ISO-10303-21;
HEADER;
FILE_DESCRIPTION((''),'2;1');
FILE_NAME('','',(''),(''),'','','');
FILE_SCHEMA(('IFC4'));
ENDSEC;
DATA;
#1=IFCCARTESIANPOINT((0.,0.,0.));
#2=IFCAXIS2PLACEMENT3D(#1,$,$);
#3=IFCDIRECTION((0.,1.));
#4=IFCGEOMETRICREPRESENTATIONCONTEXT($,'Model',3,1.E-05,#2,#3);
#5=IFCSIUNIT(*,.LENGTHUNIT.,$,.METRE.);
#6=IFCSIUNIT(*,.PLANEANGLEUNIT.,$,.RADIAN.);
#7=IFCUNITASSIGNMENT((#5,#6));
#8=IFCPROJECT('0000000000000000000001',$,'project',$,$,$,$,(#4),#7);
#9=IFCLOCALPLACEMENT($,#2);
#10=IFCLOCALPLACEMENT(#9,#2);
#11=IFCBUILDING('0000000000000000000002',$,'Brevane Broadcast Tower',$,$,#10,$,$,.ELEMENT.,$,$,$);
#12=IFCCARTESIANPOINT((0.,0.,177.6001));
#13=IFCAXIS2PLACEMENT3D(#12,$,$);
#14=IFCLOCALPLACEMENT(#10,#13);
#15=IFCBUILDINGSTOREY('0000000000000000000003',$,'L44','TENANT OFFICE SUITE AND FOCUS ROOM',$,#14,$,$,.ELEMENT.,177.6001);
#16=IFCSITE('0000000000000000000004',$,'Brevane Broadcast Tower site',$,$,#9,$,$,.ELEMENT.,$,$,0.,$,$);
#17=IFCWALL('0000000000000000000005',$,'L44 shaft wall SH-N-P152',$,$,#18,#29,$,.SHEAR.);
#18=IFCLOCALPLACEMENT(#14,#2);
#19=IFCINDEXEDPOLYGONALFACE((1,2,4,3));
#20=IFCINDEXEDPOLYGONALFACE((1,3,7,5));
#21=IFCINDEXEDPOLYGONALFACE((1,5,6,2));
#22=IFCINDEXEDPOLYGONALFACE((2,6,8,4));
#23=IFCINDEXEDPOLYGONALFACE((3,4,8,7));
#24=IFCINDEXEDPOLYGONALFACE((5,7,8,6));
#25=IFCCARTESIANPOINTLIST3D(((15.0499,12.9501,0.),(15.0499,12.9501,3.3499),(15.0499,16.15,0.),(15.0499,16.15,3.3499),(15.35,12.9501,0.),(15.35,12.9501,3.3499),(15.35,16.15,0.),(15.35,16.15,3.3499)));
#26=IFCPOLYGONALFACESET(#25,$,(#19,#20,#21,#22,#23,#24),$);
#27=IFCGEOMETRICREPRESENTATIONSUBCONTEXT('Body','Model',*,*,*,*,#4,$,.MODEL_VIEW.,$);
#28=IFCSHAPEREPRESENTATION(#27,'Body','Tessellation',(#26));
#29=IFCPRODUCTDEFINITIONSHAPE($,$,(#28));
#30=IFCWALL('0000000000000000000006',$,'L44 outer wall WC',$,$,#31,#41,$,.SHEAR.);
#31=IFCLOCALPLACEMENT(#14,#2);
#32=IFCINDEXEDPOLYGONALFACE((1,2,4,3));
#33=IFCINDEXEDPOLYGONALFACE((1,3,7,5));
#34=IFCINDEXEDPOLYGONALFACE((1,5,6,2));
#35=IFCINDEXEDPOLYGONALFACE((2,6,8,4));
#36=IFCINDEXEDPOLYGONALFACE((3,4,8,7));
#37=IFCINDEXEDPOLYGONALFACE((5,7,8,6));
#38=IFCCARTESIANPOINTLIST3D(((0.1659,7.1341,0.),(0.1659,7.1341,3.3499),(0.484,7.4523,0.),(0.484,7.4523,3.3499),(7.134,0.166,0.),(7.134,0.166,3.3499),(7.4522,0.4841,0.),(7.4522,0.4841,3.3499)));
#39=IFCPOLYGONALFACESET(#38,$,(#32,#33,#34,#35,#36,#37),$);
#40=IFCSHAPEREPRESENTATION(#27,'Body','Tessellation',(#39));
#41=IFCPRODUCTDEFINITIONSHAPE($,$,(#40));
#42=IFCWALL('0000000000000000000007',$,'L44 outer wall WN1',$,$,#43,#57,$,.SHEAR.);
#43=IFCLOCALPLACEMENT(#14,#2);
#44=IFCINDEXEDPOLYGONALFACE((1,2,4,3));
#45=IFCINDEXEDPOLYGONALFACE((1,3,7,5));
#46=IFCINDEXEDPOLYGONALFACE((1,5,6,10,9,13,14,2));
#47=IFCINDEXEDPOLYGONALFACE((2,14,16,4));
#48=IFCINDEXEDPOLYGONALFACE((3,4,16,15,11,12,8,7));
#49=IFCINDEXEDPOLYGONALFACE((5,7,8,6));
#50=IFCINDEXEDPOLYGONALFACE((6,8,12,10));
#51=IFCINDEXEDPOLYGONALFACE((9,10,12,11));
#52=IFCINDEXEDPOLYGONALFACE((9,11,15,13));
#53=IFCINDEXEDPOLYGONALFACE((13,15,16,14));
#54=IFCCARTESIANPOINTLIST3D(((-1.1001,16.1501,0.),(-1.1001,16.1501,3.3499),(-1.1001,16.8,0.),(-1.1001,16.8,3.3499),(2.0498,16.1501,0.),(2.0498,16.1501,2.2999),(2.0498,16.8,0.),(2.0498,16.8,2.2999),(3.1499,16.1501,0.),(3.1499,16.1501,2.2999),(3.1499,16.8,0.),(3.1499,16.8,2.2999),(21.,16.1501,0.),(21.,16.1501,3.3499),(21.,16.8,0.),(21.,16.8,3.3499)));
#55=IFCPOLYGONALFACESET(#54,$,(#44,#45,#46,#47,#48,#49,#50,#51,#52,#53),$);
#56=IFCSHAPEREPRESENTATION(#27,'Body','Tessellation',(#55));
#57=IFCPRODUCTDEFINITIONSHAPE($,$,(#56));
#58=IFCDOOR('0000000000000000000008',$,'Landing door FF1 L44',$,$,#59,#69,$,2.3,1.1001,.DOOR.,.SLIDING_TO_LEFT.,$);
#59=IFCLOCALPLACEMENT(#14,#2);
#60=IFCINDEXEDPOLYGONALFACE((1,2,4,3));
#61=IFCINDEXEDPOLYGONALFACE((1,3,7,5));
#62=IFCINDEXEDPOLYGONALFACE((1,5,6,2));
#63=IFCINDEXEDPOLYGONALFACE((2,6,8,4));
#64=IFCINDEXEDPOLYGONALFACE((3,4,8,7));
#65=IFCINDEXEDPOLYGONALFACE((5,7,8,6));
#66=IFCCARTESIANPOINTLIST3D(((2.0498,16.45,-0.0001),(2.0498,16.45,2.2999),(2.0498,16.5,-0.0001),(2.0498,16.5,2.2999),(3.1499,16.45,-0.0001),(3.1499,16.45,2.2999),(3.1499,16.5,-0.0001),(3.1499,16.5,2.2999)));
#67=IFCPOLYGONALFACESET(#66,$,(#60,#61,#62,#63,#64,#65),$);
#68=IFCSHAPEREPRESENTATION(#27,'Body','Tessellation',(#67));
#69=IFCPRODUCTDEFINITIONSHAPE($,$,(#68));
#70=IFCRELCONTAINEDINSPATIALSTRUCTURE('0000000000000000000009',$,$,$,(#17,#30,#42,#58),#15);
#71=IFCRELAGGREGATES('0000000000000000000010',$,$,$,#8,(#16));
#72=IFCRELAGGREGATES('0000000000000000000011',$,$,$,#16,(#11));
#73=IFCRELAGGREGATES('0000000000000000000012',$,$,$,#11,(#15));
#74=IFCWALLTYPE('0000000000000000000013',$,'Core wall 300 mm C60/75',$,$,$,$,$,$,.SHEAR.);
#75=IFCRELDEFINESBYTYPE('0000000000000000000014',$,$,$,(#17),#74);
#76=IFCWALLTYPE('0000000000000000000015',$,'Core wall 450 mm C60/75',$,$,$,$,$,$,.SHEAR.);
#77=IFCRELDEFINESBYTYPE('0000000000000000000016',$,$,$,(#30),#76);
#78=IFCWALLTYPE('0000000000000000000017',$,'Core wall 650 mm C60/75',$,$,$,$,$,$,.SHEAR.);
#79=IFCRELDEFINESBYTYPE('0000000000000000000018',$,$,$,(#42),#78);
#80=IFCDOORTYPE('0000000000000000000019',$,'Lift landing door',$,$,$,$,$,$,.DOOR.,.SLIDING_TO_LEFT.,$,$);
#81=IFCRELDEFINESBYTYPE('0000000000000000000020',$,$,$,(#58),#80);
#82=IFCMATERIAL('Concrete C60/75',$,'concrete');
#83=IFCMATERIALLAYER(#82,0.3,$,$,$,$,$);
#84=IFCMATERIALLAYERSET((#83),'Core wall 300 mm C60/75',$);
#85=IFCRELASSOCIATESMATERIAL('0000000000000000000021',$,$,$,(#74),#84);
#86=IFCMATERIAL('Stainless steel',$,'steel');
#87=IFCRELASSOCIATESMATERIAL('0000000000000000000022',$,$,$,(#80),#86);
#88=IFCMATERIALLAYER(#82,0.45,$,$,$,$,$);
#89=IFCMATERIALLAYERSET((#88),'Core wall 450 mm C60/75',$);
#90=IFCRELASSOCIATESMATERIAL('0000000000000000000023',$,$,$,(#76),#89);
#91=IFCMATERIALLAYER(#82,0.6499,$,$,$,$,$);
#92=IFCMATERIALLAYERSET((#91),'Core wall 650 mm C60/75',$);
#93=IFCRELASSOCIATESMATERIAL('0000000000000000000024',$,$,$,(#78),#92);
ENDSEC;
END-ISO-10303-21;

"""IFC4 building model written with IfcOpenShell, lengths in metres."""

from ifc_helpers import new_model, si_unit, direction, frame, frame_2d, origin, place, context, subcontext, project, spatial, rectangle, extrude, material, layer, layer_set, type_object, element, fill, save


model = new_model("IFC4")

# Units and contexts
model_context = context("Model", 3, precision=1e-05, world=origin(), true_north=direction((0.0, 1.0)))
body_context = subcontext(model_context, "Body", "Model", "MODEL_VIEW")
ifc_project = project(units=[si_unit("LENGTHUNIT", "METRE"), si_unit("PLANEANGLEUNIT", "RADIAN")], contexts=[model_context])

# Site, building, storey
site_placement = place(None, origin())
site = spatial("IfcSite", under=ifc_project, at=site_placement, Name="Brevane Broadcast Tower site", CompositionType="ELEMENT", RefElevation=0.0)
building_placement = place(site_placement, origin())
building = spatial("IfcBuilding", under=site, at=building_placement, Name="Brevane Broadcast Tower", CompositionType="ELEMENT")
storey_placement = place(building_placement, frame((0.0, 0.0, 177.6001)))
storey = spatial("IfcBuildingStorey", under=building, at=storey_placement, Name="L44", Description="TENANT OFFICE SUITE AND FOCUS ROOM", CompositionType="ELEMENT", Elevation=177.6001)

# Shared definitions
ifc_material_1 = material(Name="Concrete C60/75", Category="concrete")
ifc_layer_1 = layer(ifc_material_1, 0.3)
ifc_layer_set_1 = layer_set([ifc_layer_1], Name="Core wall 300 mm C60/75")
wall_type_1 = type_object("IfcWallType", Name="Core wall 300 mm C60/75", PredefinedType="SHEAR", material=ifc_layer_set_1)
ifc_material_2 = material(Name="Stainless steel", Category="steel")
door_type_1 = type_object("IfcDoorType", Name="Lift landing door", OperationType="SLIDING_TO_LEFT", PredefinedType="DOOR", material=ifc_material_2)

# Walls
for number, where, z_axis, x_axis, name in (
    (1, (15.2, 12.95, 0.0), (0.0, 0.0, 1.0), (0.0, 1.0, 0.0), "L44 shaft wall SH-N-P152"),
):
    element("IfcWall", number, at=place(storey_placement, frame(where, z_axis=z_axis, x_axis=x_axis)), inside=storey, type_object=wall_type_1, Name=name, PredefinedType="SHEAR", context=body_context, shape_type="SweptSolid", body=[
        extrude(rectangle(XDim=3.2, YDim=0.3, at=frame_2d((1.6001, 0.0))), origin(), (0.0, 0.0, 1.0), 3.3499),
    ])
ifc_layer_2 = layer(ifc_material_1, 0.45)
ifc_layer_set_2 = layer_set([ifc_layer_2], Name="Core wall 450 mm C60/75")
wall_type_2 = type_object("IfcWallType", Name="Core wall 450 mm C60/75", PredefinedType="SHEAR", material=ifc_layer_set_2)
wall_1_placement = place(storey_placement, frame((0.325, 7.2932, 0.0), z_axis=(0.0, 0.0, 1.0), x_axis=(0.707107, -0.707107, 0.0)))
element("IfcWall", 2, at=wall_1_placement, inside=storey, type_object=wall_type_2, Name="L44 outer wall WC", PredefinedType="SHEAR", context=body_context, shape_type="SweptSolid", body=[
    extrude(rectangle(XDim=9.8545, YDim=0.45, at=frame_2d((4.9272, 0.0))), origin(), (0.0, 0.0, 1.0), 3.3499),
])

# Wall, opening, door
ifc_layer_3 = layer(ifc_material_1, 0.6499)
ifc_layer_set_3 = layer_set([ifc_layer_3], Name="Core wall 650 mm C60/75")
wall_type_3 = type_object("IfcWallType", Name="Core wall 650 mm C60/75", PredefinedType="SHEAR", material=ifc_layer_set_3)
wall_2_placement = place(storey_placement, frame((-1.1001, 16.4751, 0.0), z_axis=(0.0, 0.0, 1.0), x_axis=(1.0, 0.0, 0.0)))
wall_2 = element("IfcWall", 3, at=wall_2_placement, inside=storey, type_object=wall_type_3, Name="L44 outer wall WN1", PredefinedType="SHEAR", context=body_context, shape_type="SweptSolid", body=[
    extrude(rectangle(XDim=22.1001, YDim=0.6499, at=frame_2d((11.05, 0.0))), origin(), (0.0, 0.0, 1.0), 3.3499),
])
opening_1_placement = place(wall_2_placement, frame((3.1499, 0.0, 0.0)))
opening_1 = element("IfcOpeningElement", 4, at=opening_1_placement, cuts=wall_2, PredefinedType="OPENING", context=body_context, shape_type="SweptSolid", body=[
    extrude(rectangle(XDim=1.1001, YDim=2.3, at=frame_2d((0.55, 1.1499))), frame((0.0, 0.335, 0.0), z_axis=(0.0, -1.0, 0.0), x_axis=(1.0, 0.0, 0.0)), (0.0, 0.0, 1.0), 0.6699),
])
door_1_placement = place(opening_1_placement, origin())
door_1 = element("IfcDoor", 5, at=door_1_placement, inside=storey, type_object=door_type_1, Name="Landing door FF1 L44", OperationType="SLIDING_TO_LEFT", OverallHeight=2.3, OverallWidth=1.1001, PredefinedType="DOOR", context=body_context, shape_type="SweptSolid", body=[
    extrude(rectangle(XDim=1.1001, YDim=2.3, at=frame_2d((0.55, 1.1499))), frame((0.0, 0.0249, 0.0), z_axis=(0.0, -1.0, 0.0), x_axis=(1.0, 0.0, 0.0)), (0.0, 0.0, 1.0), 0.05),
])
fill(opening_1, door_1)

save(model, "model.ifc")
